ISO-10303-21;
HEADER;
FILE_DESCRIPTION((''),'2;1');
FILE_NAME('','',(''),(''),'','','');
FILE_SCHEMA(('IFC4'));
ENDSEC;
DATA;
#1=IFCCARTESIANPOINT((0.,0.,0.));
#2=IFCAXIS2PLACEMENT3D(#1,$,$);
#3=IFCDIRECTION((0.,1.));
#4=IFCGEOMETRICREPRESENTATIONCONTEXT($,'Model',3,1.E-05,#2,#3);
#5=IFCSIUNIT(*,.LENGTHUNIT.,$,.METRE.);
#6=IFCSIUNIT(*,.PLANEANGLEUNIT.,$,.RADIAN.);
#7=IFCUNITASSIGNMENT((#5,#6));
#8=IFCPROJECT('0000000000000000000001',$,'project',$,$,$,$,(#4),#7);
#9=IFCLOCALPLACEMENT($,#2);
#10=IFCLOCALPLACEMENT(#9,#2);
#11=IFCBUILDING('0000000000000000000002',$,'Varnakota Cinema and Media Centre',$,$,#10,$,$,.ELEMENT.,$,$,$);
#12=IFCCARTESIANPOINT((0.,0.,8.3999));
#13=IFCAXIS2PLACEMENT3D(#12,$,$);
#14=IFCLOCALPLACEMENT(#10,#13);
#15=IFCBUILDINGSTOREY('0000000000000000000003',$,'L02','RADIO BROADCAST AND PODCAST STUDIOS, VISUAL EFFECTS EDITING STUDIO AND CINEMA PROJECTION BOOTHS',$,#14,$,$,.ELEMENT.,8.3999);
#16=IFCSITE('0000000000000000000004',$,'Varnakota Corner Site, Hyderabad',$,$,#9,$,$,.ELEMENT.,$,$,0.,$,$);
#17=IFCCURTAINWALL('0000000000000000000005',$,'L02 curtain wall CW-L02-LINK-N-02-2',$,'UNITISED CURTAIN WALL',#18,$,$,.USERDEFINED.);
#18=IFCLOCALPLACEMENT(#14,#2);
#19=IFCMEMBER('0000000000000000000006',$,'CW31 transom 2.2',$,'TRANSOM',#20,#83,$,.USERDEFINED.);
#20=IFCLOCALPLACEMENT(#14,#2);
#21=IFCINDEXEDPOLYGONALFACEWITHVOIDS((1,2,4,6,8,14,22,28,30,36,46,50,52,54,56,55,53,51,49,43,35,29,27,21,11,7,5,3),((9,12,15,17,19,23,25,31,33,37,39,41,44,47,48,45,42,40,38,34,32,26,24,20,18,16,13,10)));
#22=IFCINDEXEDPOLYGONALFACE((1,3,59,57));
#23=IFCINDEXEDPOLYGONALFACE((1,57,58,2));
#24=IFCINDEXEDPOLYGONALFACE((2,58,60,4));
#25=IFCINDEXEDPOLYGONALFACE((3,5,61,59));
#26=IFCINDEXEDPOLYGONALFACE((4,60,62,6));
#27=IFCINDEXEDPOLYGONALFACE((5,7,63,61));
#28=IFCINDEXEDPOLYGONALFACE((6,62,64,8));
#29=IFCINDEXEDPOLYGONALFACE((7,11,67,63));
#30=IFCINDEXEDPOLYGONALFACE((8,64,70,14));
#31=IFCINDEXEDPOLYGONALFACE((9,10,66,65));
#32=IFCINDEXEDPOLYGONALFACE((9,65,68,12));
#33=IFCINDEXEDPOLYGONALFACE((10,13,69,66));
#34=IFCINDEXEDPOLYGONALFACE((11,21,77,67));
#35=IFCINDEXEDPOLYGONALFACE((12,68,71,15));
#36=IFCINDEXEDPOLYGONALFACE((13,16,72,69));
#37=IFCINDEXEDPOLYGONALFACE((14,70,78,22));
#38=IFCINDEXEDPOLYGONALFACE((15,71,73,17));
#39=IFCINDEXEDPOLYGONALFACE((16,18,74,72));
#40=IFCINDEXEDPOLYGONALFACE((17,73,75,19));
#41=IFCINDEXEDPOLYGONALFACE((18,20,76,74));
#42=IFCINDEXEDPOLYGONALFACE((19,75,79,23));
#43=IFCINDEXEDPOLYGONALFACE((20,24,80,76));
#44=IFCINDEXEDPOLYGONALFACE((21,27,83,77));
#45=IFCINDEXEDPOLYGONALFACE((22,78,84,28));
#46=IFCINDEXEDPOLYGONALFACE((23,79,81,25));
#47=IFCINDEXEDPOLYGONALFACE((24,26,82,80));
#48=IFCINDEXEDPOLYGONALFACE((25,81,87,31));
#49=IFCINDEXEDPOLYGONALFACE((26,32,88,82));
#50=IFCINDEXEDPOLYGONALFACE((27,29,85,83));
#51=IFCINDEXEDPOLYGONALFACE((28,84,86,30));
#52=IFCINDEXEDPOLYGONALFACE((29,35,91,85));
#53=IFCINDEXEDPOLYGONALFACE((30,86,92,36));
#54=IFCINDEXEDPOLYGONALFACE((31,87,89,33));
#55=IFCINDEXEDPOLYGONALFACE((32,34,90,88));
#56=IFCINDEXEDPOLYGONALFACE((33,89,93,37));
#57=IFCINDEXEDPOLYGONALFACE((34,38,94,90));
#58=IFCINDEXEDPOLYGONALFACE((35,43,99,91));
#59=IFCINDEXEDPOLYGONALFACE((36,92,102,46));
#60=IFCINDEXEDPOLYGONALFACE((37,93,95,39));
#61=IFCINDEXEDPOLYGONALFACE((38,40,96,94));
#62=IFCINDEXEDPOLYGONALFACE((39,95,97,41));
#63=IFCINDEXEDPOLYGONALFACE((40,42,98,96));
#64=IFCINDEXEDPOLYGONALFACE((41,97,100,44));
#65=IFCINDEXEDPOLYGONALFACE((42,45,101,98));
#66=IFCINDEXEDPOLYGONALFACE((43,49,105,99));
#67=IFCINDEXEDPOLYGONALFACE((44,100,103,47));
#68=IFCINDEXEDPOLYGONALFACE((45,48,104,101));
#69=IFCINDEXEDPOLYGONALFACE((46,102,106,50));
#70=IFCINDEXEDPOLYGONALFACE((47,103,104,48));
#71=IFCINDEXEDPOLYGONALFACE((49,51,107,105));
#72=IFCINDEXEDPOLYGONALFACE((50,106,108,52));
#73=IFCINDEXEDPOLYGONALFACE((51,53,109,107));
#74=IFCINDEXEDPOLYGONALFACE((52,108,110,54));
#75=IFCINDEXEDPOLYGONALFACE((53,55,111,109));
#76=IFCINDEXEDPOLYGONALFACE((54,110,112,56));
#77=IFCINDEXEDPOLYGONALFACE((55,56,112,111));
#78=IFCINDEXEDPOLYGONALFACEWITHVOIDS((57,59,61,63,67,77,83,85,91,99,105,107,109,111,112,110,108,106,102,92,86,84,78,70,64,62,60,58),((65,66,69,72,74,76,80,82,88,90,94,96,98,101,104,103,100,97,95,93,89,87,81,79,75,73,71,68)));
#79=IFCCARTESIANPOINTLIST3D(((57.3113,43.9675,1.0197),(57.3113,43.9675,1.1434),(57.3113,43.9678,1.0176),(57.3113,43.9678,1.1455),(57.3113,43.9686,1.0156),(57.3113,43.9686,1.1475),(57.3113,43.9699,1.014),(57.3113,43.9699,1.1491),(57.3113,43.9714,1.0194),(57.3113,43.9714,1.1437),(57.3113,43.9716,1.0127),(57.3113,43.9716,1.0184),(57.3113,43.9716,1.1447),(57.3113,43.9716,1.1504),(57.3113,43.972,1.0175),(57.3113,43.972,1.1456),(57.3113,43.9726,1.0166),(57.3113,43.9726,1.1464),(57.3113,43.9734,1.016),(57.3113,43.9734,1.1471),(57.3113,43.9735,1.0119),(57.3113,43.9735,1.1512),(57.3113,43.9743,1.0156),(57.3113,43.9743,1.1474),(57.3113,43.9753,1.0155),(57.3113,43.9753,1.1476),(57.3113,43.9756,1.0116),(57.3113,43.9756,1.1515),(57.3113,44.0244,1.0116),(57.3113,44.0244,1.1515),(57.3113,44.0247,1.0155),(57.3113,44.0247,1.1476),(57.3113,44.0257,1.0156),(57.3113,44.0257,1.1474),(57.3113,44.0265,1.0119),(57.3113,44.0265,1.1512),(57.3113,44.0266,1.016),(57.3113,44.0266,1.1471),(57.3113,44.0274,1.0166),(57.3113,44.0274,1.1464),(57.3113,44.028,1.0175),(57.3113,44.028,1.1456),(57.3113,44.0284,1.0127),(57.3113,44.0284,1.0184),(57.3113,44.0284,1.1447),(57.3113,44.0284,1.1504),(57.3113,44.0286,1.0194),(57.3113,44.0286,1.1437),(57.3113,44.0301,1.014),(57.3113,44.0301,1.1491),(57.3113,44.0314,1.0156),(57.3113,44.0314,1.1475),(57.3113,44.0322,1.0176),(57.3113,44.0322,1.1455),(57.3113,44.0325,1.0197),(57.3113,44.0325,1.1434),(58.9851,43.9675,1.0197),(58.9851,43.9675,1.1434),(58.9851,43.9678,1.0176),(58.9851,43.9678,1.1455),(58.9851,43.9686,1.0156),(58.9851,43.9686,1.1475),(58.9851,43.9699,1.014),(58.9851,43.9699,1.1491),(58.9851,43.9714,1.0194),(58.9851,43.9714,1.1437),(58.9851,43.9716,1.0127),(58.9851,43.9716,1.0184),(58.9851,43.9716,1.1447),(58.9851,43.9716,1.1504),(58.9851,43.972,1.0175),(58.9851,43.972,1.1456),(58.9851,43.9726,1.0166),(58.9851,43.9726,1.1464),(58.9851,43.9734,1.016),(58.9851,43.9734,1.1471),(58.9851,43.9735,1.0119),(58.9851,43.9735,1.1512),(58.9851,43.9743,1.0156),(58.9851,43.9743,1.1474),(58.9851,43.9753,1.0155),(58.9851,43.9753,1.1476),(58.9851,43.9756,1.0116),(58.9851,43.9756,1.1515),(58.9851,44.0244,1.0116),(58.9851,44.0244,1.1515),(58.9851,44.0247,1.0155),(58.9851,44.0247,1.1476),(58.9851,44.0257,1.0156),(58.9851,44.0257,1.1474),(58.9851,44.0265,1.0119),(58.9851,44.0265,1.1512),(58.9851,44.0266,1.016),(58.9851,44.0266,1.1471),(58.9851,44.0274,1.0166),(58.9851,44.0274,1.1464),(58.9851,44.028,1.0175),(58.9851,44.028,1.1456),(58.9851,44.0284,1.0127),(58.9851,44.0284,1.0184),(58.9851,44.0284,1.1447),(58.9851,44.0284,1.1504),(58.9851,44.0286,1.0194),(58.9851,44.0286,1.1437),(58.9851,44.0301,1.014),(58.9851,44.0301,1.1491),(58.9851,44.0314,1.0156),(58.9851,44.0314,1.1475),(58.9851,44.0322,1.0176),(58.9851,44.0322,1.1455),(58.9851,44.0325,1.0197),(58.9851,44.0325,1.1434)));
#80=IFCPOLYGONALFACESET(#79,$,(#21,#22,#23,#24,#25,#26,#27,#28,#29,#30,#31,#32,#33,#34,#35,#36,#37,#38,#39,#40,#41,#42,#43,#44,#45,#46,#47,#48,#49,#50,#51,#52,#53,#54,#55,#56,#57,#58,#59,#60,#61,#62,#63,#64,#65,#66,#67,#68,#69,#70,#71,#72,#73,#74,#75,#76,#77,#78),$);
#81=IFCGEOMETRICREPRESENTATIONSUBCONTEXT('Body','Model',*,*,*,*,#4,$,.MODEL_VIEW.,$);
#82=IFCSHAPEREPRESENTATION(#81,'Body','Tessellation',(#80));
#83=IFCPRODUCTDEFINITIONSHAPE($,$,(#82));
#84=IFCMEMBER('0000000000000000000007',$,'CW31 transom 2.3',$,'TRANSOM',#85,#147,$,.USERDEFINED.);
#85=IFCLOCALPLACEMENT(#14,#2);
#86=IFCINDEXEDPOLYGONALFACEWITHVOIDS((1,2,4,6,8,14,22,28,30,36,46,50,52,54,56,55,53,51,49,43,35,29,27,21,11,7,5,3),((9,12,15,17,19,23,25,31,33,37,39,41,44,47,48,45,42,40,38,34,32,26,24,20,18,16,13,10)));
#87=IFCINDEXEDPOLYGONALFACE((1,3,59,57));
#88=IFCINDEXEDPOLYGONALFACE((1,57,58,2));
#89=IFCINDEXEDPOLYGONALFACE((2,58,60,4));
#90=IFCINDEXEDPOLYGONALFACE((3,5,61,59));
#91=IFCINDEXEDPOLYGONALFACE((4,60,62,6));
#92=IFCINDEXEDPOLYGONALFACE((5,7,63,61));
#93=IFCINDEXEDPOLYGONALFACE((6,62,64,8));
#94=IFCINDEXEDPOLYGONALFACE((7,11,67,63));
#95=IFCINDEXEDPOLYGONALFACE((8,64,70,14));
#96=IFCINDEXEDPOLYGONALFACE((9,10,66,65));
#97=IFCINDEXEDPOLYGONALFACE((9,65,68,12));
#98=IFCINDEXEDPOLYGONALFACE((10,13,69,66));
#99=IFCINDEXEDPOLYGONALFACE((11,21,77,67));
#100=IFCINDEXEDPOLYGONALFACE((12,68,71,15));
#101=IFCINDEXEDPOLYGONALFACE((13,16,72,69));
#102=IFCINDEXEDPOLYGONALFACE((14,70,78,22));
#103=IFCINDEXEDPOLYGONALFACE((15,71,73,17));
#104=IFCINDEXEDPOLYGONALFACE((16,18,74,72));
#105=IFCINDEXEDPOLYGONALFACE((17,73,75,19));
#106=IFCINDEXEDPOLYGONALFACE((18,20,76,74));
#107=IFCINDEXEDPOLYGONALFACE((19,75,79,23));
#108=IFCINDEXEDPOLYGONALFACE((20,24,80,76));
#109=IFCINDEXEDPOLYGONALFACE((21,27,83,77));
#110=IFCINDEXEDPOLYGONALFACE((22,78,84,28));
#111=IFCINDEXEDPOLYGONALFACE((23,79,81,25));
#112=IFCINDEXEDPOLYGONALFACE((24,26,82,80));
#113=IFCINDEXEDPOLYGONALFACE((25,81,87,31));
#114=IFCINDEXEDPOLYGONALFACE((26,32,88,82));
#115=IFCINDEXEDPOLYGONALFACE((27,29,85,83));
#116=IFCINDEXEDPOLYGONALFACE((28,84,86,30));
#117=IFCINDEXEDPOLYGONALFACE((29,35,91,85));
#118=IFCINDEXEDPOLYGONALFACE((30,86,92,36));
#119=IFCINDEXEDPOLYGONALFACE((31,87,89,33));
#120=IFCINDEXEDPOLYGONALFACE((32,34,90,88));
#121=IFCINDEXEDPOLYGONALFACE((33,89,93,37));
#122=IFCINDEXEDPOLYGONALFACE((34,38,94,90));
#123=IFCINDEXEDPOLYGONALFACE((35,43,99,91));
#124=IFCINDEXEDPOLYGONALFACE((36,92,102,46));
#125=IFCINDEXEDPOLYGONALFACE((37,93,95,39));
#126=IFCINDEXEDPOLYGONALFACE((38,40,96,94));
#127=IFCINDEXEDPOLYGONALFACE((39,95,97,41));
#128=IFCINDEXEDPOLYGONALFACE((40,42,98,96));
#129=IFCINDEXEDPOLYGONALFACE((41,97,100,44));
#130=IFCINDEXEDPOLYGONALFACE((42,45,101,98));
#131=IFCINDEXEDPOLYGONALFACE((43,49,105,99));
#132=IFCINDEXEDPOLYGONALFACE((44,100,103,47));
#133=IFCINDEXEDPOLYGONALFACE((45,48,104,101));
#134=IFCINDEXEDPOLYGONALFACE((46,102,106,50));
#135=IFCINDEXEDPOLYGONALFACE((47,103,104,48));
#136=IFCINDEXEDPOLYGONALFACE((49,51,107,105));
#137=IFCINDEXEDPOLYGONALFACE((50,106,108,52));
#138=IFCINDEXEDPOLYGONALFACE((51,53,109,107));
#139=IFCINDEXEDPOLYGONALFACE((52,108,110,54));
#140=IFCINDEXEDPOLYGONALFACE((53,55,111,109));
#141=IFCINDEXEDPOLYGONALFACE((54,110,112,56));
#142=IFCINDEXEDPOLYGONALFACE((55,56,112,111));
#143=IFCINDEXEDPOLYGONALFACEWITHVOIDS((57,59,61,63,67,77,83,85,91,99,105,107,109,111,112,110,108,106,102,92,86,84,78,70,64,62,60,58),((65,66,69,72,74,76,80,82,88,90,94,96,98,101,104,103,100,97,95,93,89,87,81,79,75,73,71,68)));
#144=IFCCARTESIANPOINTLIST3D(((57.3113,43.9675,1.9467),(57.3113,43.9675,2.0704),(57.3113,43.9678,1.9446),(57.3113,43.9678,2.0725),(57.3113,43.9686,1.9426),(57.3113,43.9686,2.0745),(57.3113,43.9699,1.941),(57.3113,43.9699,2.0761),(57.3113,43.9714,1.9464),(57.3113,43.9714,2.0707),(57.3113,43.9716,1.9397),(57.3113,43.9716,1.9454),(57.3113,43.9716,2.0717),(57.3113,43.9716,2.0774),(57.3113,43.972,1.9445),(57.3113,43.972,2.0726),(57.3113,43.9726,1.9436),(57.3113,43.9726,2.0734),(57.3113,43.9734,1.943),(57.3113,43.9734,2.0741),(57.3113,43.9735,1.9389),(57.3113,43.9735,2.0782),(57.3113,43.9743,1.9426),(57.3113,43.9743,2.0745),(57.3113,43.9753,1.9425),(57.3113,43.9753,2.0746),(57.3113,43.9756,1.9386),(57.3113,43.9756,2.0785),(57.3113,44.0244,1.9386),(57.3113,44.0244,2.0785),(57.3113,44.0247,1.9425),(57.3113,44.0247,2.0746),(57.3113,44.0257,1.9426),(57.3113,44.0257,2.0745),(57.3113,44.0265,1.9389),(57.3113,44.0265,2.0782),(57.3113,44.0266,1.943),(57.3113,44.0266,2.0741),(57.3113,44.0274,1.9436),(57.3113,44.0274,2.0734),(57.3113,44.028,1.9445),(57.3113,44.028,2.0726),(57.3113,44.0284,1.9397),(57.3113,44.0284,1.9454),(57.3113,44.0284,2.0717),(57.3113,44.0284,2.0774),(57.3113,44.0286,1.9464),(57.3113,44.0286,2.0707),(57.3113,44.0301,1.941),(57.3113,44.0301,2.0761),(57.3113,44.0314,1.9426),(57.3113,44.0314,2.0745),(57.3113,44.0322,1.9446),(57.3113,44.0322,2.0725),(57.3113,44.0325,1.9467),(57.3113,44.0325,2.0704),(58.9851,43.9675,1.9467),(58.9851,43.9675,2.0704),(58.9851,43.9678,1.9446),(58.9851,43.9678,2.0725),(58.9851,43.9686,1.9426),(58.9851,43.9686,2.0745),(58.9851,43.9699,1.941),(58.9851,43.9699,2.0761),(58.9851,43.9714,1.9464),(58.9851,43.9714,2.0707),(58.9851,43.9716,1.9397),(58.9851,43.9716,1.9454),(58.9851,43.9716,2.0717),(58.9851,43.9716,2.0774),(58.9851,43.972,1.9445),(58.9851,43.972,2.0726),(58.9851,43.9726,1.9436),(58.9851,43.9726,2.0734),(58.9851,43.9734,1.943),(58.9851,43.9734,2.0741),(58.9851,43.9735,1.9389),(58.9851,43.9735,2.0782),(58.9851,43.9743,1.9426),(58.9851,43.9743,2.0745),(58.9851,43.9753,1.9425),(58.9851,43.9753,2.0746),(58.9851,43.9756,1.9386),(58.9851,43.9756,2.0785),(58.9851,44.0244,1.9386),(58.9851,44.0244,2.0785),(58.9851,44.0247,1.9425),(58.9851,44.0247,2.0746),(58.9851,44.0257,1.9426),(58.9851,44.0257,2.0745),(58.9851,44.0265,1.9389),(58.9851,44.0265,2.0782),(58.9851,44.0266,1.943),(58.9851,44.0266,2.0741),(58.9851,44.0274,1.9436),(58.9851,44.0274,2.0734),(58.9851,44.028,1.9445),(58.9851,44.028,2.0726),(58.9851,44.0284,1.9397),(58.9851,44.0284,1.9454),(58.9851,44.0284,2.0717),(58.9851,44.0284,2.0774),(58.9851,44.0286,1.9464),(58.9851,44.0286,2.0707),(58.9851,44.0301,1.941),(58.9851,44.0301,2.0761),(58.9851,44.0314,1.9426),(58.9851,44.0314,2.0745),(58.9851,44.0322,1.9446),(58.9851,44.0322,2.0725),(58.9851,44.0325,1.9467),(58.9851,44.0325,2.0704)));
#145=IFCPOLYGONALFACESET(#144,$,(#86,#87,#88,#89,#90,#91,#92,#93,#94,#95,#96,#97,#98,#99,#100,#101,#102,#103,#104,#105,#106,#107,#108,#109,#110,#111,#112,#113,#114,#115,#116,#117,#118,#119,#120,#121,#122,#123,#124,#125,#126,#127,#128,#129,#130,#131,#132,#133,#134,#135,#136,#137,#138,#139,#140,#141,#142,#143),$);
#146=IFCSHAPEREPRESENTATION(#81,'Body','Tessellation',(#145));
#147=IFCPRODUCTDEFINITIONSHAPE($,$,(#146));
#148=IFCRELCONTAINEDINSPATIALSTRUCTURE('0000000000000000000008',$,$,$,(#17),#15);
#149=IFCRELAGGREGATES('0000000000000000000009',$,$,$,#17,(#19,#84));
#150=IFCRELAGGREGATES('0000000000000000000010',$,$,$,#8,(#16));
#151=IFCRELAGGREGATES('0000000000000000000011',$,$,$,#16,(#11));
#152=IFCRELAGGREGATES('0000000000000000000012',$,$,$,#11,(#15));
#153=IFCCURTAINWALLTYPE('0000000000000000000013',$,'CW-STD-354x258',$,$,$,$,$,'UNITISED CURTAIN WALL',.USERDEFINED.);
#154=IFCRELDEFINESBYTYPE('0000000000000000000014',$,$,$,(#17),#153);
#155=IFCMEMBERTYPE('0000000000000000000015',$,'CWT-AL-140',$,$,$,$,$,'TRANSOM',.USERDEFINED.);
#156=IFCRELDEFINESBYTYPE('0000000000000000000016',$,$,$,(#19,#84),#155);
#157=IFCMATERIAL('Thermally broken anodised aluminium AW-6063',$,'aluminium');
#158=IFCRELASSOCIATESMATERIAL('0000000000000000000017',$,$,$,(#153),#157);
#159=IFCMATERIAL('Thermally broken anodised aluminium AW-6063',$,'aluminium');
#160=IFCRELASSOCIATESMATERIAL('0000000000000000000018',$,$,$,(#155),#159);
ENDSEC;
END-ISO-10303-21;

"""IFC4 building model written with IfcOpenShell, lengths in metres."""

from ifc_helpers import new_model, si_unit, direction, frame, origin, origin_2d, place, context, subcontext, project, spatial, hollow_rectangle, extrude, material, material_profile, profile_set, type_object, element, aggregate, save


model = new_model("IFC4")

# Units and contexts
model_context = context("Model", 3, precision=1e-05, world=origin(), true_north=direction((0.0, 1.0)))
body_context = subcontext(model_context, "Body", "Model", "MODEL_VIEW")
ifc_project = project(units=[si_unit("LENGTHUNIT", "METRE"), si_unit("PLANEANGLEUNIT", "RADIAN")], contexts=[model_context])

# Site, building, storey
site_placement = place(None, origin())
site = spatial("IfcSite", under=ifc_project, at=site_placement, Name="Varnakota Corner Site, Hyderabad", CompositionType="ELEMENT", RefElevation=0.0)
building_placement = place(site_placement, origin())
building = spatial("IfcBuilding", under=site, at=building_placement, Name="Varnakota Cinema and Media Centre", CompositionType="ELEMENT")
storey_placement = place(building_placement, frame((0.0, 0.0, 8.3999)))
storey = spatial("IfcBuildingStorey", under=building, at=storey_placement, Name="L02", Description="RADIO BROADCAST AND PODCAST STUDIOS, VISUAL EFFECTS EDITING STUDIO AND CINEMA PROJECTION BOOTHS", CompositionType="ELEMENT", Elevation=8.3999)

# Curtain wall
ifc_material_1 = material(Name="Thermally broken anodised aluminium AW-6063", Category="aluminium")
curtain_wall_type = type_object("IfcCurtainWallType", Name="CW-STD-354x258", ElementType="UNITISED CURTAIN WALL", PredefinedType="USERDEFINED", material=ifc_material_1)
curtain_wall_1_placement = place(storey_placement, origin())
curtain_wall_1 = element("IfcCurtainWall", 1, at=curtain_wall_1_placement, inside=storey, type_object=curtain_wall_type, Name="L02 curtain wall CW-L02-LINK-N-02-2", ObjectType="UNITISED CURTAIN WALL", PredefinedType="USERDEFINED")

# Members
ifc_material_2 = material(Name="Thermally broken anodised aluminium AW-6063", Category="aluminium")
ifc_material_profile_1 = material_profile(ifc_material_2, hollow_rectangle(XDim=0.0649, YDim=0.1399, WallThickness=0.0039, InnerFilletRadius=0.0039, OuterFilletRadius=0.0081, at=origin_2d()), Name="AL-TRANSOM 140x65x4")
ifc_profile_set_1 = profile_set([ifc_material_profile_1], Name="Thermally broken anodised aluminium AW-6063")
member_type_1 = type_object("IfcMemberType", Name="CWT-AL-140", ElementType="TRANSOM", PredefinedType="USERDEFINED", material=ifc_profile_set_1)
member_1_placement = place(storey_placement, frame((57.3113, 44.0, 1.0815), z_axis=(1.0, 0.0, 0.0), x_axis=(0.0, 1.0, 0.0)))
member_1 = element("IfcMember", 2, at=member_1_placement, type_object=member_type_1, Name="CW31 transom 2.2", ObjectType="TRANSOM", PredefinedType="USERDEFINED", context=body_context, shape_type="SweptSolid", body=[
    extrude(hollow_rectangle(XDim=0.0649, YDim=0.1399, WallThickness=0.0039, InnerFilletRadius=0.0039, OuterFilletRadius=0.0081, at=origin_2d()), origin(), (0.0, 0.0, 1.0), 1.6738),
])
member_2_placement = place(storey_placement, frame((57.3113, 44.0, 2.0085), z_axis=(1.0, 0.0, 0.0), x_axis=(0.0, 1.0, 0.0)))
member_2 = element("IfcMember", 3, at=member_2_placement, type_object=member_type_1, Name="CW31 transom 2.3", ObjectType="TRANSOM", PredefinedType="USERDEFINED", context=body_context, shape_type="SweptSolid", body=[
    extrude(hollow_rectangle(XDim=0.0649, YDim=0.1399, WallThickness=0.0039, InnerFilletRadius=0.0039, OuterFilletRadius=0.0081, at=origin_2d()), origin(), (0.0, 0.0, 1.0), 1.6738),
])

aggregate(curtain_wall_1, [member_1, member_2])

save(model, "model.ifc")
